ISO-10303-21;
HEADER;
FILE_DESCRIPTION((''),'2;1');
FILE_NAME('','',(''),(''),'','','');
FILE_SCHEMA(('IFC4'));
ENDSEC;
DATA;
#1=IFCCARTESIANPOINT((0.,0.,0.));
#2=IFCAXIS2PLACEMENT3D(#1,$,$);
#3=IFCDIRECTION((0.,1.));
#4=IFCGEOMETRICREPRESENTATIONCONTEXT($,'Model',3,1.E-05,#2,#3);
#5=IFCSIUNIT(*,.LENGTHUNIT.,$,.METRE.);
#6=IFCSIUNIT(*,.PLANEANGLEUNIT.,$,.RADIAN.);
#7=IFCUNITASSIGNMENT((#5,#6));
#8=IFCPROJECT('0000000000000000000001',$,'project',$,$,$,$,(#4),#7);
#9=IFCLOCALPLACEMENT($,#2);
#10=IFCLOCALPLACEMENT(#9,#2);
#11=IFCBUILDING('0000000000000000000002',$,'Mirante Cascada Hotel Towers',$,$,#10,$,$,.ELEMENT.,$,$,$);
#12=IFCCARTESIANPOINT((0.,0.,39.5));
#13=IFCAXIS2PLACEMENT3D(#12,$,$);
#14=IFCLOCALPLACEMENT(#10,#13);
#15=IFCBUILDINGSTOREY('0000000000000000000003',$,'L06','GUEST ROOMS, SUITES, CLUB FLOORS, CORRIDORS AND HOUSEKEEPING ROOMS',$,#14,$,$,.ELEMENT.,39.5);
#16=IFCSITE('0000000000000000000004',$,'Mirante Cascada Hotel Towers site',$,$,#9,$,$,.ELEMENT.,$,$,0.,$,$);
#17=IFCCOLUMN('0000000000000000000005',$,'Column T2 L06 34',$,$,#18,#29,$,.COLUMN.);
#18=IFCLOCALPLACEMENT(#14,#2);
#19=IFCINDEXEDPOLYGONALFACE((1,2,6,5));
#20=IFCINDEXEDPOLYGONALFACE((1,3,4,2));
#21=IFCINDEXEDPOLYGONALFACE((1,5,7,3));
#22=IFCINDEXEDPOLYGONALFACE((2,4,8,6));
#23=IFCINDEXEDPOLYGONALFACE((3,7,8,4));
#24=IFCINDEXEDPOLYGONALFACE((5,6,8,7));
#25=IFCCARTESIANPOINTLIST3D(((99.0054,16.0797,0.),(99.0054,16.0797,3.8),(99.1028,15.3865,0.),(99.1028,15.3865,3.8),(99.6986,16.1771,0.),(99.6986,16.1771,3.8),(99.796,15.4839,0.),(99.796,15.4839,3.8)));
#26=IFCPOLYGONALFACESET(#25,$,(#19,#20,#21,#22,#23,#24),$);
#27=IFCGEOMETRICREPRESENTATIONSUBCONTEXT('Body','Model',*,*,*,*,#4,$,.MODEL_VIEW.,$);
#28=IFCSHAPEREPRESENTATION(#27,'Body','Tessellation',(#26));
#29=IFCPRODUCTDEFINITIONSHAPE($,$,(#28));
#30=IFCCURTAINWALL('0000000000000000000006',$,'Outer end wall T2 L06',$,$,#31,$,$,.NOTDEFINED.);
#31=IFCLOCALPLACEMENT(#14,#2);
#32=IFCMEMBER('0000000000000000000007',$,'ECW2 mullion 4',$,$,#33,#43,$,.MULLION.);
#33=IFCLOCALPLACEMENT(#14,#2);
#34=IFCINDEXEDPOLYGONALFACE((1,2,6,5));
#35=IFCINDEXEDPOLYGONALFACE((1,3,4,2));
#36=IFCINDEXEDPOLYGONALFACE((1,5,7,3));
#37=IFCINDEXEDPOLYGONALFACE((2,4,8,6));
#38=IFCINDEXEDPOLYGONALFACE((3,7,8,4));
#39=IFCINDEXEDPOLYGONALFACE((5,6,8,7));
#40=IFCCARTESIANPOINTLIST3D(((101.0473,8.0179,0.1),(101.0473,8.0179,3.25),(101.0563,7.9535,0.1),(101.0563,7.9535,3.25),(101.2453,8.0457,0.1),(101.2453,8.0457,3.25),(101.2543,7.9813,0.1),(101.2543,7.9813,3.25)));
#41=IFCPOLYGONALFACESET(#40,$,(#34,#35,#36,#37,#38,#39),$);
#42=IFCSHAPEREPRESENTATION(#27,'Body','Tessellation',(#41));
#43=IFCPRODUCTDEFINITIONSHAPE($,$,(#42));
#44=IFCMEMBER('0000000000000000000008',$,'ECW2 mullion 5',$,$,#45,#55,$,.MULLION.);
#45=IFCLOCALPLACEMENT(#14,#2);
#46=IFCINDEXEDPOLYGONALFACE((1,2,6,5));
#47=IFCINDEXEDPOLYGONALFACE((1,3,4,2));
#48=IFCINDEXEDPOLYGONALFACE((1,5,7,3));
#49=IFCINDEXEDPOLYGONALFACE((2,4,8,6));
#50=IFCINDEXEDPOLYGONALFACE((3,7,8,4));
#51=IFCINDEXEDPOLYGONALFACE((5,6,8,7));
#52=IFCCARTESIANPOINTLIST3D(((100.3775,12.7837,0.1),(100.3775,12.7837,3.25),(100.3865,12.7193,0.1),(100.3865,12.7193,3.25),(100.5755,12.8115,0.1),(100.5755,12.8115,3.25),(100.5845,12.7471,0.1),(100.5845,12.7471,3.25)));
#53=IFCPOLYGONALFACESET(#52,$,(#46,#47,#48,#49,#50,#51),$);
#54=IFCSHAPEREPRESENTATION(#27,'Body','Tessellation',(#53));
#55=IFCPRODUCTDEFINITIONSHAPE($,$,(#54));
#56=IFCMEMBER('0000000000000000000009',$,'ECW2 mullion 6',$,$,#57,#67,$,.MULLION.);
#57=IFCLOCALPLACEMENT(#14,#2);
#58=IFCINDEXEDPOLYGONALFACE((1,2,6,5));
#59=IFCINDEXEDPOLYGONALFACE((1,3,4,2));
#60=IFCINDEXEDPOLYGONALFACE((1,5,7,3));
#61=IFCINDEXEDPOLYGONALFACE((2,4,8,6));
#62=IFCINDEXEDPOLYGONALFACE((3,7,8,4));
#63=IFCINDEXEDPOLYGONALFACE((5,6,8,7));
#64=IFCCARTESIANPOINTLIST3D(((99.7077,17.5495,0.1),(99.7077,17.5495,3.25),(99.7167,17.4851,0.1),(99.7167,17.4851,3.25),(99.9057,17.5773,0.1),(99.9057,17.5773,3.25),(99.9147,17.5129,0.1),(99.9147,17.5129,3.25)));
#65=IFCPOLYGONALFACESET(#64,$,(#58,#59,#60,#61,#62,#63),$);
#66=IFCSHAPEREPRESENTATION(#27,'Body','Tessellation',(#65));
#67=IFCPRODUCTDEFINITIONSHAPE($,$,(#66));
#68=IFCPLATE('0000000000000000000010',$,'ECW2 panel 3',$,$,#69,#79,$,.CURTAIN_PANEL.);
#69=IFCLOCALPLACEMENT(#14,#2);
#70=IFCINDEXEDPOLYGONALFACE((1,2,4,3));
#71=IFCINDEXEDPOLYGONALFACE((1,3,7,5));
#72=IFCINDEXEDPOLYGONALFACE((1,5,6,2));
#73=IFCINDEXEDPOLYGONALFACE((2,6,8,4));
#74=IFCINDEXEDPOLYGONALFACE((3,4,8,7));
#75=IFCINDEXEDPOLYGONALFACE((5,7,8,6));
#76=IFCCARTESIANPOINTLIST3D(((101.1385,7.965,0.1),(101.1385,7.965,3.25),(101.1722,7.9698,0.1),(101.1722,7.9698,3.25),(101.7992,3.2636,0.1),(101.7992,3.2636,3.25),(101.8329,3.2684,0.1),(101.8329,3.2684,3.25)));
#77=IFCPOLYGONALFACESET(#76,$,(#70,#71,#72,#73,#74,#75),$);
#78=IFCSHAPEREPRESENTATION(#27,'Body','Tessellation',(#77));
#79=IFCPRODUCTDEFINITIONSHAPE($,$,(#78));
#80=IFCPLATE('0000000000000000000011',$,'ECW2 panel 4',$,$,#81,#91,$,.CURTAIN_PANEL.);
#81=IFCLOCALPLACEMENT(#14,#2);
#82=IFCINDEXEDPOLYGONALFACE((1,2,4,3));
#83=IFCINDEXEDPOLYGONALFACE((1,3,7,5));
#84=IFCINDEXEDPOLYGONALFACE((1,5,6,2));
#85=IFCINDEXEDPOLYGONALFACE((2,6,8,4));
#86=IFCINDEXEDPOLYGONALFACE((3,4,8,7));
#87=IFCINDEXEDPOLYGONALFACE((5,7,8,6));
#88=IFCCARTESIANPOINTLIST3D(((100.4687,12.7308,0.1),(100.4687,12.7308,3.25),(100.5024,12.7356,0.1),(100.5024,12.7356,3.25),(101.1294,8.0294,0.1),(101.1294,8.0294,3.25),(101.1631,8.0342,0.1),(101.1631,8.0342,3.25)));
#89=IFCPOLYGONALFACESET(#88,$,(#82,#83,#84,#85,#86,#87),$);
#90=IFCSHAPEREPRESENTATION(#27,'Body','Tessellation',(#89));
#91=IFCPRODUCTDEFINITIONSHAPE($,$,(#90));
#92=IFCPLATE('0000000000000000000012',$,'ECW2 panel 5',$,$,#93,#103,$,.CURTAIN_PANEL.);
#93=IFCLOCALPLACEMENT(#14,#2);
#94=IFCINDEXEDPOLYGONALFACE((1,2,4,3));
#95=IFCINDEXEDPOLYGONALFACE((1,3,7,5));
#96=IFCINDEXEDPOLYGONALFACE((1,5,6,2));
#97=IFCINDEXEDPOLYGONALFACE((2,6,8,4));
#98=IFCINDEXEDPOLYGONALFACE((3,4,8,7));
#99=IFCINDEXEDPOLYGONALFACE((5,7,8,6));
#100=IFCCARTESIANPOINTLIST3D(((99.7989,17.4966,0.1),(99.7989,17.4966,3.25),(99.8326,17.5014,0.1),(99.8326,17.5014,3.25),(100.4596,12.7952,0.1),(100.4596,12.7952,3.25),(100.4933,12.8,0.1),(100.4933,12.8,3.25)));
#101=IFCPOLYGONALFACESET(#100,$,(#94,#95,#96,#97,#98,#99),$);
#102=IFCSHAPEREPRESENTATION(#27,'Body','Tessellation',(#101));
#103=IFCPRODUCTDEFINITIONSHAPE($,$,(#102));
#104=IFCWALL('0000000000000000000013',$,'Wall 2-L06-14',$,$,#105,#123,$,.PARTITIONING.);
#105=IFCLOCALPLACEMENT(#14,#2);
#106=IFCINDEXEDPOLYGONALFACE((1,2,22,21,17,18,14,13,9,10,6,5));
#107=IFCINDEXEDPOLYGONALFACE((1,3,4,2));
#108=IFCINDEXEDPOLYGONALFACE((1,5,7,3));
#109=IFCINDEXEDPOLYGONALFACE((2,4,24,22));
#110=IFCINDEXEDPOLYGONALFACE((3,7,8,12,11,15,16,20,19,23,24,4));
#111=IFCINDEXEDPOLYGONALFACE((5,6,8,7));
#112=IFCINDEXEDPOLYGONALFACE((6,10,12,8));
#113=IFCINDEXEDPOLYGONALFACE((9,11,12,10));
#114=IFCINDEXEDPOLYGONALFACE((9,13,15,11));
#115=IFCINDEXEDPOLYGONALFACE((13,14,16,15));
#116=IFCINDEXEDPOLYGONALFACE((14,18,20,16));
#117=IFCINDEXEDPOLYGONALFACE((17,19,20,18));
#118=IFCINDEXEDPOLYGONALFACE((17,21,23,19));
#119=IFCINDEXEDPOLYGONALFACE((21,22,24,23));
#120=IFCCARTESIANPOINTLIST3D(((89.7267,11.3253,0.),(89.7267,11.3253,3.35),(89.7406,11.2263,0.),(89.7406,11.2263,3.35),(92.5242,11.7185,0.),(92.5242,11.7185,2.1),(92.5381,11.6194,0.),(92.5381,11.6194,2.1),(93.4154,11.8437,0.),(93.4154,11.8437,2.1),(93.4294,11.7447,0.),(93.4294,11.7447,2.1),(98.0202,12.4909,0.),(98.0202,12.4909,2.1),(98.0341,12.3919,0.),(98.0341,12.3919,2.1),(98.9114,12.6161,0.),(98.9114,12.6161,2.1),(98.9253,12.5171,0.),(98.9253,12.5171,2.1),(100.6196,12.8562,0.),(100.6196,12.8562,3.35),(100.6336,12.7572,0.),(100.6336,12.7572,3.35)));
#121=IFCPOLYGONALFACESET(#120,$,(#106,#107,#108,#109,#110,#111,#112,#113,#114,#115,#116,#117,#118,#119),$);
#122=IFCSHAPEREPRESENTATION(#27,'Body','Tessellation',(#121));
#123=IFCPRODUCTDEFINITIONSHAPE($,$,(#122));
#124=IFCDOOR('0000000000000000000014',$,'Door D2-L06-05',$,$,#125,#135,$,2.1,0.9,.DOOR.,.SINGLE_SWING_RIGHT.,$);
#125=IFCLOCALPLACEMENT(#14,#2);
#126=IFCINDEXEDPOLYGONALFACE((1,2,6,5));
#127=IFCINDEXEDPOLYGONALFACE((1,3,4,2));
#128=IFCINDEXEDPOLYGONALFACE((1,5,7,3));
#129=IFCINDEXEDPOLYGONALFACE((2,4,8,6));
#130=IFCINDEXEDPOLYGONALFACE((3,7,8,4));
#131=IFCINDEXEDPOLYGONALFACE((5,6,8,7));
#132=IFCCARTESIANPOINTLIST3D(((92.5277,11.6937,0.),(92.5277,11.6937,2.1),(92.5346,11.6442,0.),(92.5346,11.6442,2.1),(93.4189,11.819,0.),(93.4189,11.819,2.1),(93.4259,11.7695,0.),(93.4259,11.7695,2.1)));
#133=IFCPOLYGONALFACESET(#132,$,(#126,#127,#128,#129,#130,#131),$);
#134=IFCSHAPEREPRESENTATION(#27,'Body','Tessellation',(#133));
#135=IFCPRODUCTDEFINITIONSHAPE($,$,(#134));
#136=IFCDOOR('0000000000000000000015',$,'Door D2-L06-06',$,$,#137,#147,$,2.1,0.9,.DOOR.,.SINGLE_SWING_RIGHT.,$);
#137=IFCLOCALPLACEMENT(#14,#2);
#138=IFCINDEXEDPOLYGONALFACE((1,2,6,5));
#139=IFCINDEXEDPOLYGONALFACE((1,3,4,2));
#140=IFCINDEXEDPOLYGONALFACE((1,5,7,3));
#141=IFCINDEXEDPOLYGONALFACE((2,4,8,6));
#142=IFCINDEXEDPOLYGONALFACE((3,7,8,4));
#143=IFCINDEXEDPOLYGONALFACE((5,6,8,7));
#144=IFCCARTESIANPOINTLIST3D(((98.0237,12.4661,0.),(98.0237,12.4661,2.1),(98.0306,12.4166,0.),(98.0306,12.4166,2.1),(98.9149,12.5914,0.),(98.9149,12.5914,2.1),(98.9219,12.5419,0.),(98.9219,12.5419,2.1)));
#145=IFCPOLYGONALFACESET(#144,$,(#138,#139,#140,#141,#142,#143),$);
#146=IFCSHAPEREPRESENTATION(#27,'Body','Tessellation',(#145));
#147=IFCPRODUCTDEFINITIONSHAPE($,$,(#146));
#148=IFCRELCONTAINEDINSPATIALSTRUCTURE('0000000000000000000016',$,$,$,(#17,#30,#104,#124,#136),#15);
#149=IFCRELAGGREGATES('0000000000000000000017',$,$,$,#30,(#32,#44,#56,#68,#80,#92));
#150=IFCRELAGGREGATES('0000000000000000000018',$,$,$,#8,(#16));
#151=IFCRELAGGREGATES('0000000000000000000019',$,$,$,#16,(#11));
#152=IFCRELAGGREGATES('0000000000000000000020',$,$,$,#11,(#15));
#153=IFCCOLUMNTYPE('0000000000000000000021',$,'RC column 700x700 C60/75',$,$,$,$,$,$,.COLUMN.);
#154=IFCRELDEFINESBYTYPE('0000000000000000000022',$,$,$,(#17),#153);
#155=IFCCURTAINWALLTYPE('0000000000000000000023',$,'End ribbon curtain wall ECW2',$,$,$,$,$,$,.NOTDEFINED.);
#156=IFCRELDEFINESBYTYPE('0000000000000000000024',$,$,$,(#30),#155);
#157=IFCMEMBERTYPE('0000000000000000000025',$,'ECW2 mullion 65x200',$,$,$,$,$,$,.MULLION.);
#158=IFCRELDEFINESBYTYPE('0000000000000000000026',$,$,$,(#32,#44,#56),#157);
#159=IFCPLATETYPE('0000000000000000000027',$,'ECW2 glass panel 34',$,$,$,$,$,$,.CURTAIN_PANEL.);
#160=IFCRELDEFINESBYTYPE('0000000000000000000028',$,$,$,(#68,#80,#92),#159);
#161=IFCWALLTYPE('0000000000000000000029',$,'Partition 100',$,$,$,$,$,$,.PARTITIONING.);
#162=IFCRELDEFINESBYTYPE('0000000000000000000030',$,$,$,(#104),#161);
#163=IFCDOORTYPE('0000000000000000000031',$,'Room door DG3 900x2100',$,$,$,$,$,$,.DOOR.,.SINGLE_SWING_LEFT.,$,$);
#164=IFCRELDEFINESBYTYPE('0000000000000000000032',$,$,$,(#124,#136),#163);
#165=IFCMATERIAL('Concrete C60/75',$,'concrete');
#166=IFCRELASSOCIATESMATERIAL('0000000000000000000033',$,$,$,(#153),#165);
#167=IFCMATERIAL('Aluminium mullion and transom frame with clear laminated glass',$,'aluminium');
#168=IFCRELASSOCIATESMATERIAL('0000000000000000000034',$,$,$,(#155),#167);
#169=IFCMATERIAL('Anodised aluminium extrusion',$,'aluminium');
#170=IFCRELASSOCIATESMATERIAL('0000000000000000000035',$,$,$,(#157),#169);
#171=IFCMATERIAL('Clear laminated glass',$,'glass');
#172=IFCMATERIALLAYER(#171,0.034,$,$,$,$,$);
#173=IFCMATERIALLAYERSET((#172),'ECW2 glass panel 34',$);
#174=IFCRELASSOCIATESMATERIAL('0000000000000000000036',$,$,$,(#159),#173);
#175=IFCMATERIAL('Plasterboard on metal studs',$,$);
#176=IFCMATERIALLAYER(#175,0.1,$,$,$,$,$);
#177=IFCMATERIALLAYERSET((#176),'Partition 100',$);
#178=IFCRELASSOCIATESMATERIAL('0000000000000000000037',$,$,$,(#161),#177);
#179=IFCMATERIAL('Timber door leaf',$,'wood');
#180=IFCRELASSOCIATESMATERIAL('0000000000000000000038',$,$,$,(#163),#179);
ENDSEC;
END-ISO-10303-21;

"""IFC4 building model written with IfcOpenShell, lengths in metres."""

from ifc_helpers import new_model, si_unit, direction, frame, frame_2d, origin, origin_2d, place, context, subcontext, project, spatial, rectangle, extrude, material, layer, layer_set, material_profile, profile_set, type_object, element, fill, aggregate, save


model = new_model("IFC4")

# Units and contexts
model_context = context("Model", 3, precision=1e-05, world=origin(), true_north=direction((0.0, 1.0)))
body_context = subcontext(model_context, "Body", "Model", "MODEL_VIEW")
ifc_project = project(units=[si_unit("LENGTHUNIT", "METRE"), si_unit("PLANEANGLEUNIT", "RADIAN")], contexts=[model_context])

# Site, building, storey
site_placement = place(None, origin())
site = spatial("IfcSite", under=ifc_project, at=site_placement, Name="Mirante Cascada Hotel Towers site", CompositionType="ELEMENT", RefElevation=0.0)
building_placement = place(site_placement, origin())
building = spatial("IfcBuilding", under=site, at=building_placement, Name="Mirante Cascada Hotel Towers", CompositionType="ELEMENT")
storey_placement = place(building_placement, frame((0.0, 0.0, 39.5)))
storey = spatial("IfcBuildingStorey", under=building, at=storey_placement, Name="L06", Description="GUEST ROOMS, SUITES, CLUB FLOORS, CORRIDORS AND HOUSEKEEPING ROOMS", CompositionType="ELEMENT", Elevation=39.5)

# Column
ifc_material_1 = material(Name="Concrete C60/75", Category="concrete")
ifc_material_profile_1 = material_profile(ifc_material_1, rectangle(XDim=0.7, YDim=0.7, at=origin_2d()), Name="RC column 700x700 C60/75")
ifc_profile_set_1 = profile_set([ifc_material_profile_1], Name="Concrete C60/75")
column_type = type_object("IfcColumnType", Name="RC column 700x700 C60/75", PredefinedType="COLUMN", material=ifc_profile_set_1)
column_placement = place(storey_placement, frame((99.4007, 15.7818, 0.0), z_axis=(0.0, 0.0, 1.0), x_axis=(0.990268, 0.139173, 0.0)))
element("IfcColumn", 1, at=column_placement, inside=storey, type_object=column_type, Name="Column T2 L06 34", PredefinedType="COLUMN", context=body_context, shape_type="SweptSolid", body=[
    extrude(rectangle(XDim=0.7, YDim=0.7, at=origin_2d()), origin(), (0.0, 0.0, 1.0), 3.8),
])

# Curtain wall, members, plates
ifc_material_2 = material(Name="Aluminium mullion and transom frame with clear laminated glass", Category="aluminium")
curtain_wall_type = type_object("IfcCurtainWallType", Name="End ribbon curtain wall ECW2", PredefinedType="NOTDEFINED", material=ifc_material_2)
curtain_wall_placement = place(storey_placement, origin())
curtain_wall = element("IfcCurtainWall", 2, at=curtain_wall_placement, inside=storey, type_object=curtain_wall_type, Name="Outer end wall T2 L06", PredefinedType="NOTDEFINED")
ifc_material_3 = material(Name="Anodised aluminium extrusion", Category="aluminium")
ifc_material_profile_2 = material_profile(ifc_material_3, rectangle(XDim=0.2, YDim=0.065, at=origin_2d()), Name="ECW2 MULLION 65x200")
ifc_profile_set_2 = profile_set([ifc_material_profile_2], Name="Anodised aluminium extrusion")
member_type = type_object("IfcMemberType", Name="ECW2 mullion 65x200", PredefinedType="MULLION", material=ifc_profile_set_2)
member_1_placement = place(storey_placement, frame((101.1508, 7.9996, 0.1), z_axis=(0.0, 0.0, 1.0), x_axis=(-0.990268, -0.139173, 0.0)))
member_1 = element("IfcMember", 3, at=member_1_placement, type_object=member_type, Name="ECW2 mullion 4", PredefinedType="MULLION", context=body_context, shape_type="SweptSolid", body=[
    extrude(rectangle(XDim=0.2, YDim=0.065, at=origin_2d()), origin(), (0.0, 0.0, 1.0), 3.15),
])
member_2_placement = place(storey_placement, frame((100.481, 12.7654, 0.1), z_axis=(0.0, 0.0, 1.0), x_axis=(-0.990268, -0.139173, 0.0)))
member_2 = element("IfcMember", 4, at=member_2_placement, type_object=member_type, Name="ECW2 mullion 5", PredefinedType="MULLION", context=body_context, shape_type="SweptSolid", body=[
    extrude(rectangle(XDim=0.2, YDim=0.065, at=origin_2d()), origin(), (0.0, 0.0, 1.0), 3.15),
])
member_3_placement = place(storey_placement, frame((99.8112, 17.5312, 0.1), z_axis=(0.0, 0.0, 1.0), x_axis=(-0.990268, -0.139173, 0.0)))
member_3 = element("IfcMember", 5, at=member_3_placement, type_object=member_type, Name="ECW2 mullion 6", PredefinedType="MULLION", context=body_context, shape_type="SweptSolid", body=[
    extrude(rectangle(XDim=0.2, YDim=0.065, at=origin_2d()), origin(), (0.0, 0.0, 1.0), 3.15),
])
ifc_material_4 = material(Name="Clear laminated glass", Category="glass")
ifc_layer_1 = layer(ifc_material_4, 0.034)
ifc_layer_set_1 = layer_set([ifc_layer_1], Name="ECW2 glass panel 34")
plate_type = type_object("IfcPlateType", Name="ECW2 glass panel 34", PredefinedType="CURTAIN_PANEL", material=ifc_layer_set_1)
plate_1_placement = place(storey_placement, frame((101.4857, 5.6167, 0.1), z_axis=(0.0, 0.0, 1.0), x_axis=(-0.139173, 0.990268, 0.0)))
plate_1 = element("IfcPlate", 6, at=plate_1_placement, type_object=plate_type, Name="ECW2 panel 3", PredefinedType="CURTAIN_PANEL", context=body_context, shape_type="SweptSolid", body=[
    extrude(rectangle(XDim=4.7476, YDim=0.034, at=origin_2d()), origin(), (0.0, 0.0, 1.0), 3.15),
])
plate_2_placement = place(storey_placement, frame((100.8159, 10.3825, 0.1), z_axis=(0.0, 0.0, 1.0), x_axis=(-0.139173, 0.990268, 0.0)))
plate_2 = element("IfcPlate", 7, at=plate_2_placement, type_object=plate_type, Name="ECW2 panel 4", PredefinedType="CURTAIN_PANEL", context=body_context, shape_type="SweptSolid", body=[
    extrude(rectangle(XDim=4.7476, YDim=0.034, at=origin_2d()), origin(), (0.0, 0.0, 1.0), 3.15),
])
plate_3_placement = place(storey_placement, frame((100.1461, 15.1483, 0.1), z_axis=(0.0, 0.0, 1.0), x_axis=(-0.139173, 0.990268, 0.0)))
plate_3 = element("IfcPlate", 8, at=plate_3_placement, type_object=plate_type, Name="ECW2 panel 5", PredefinedType="CURTAIN_PANEL", context=body_context, shape_type="SweptSolid", body=[
    extrude(rectangle(XDim=4.7476, YDim=0.034, at=origin_2d()), origin(), (0.0, 0.0, 1.0), 3.15),
])
aggregate(curtain_wall, [member_1, member_2, member_3, plate_1, plate_2, plate_3])

# Wall, openings, doors
ifc_material_5 = material(Name="Plasterboard on metal studs")
ifc_layer_2 = layer(ifc_material_5, 0.1)
ifc_layer_set_2 = layer_set([ifc_layer_2], Name="Partition 100")
wall_type = type_object("IfcWallType", Name="Partition 100", PredefinedType="PARTITIONING", material=ifc_layer_set_2)
wall_placement = place(storey_placement, frame((100.6266, 12.8067, 0.0), z_axis=(0.0, 0.0, 1.0), x_axis=(-0.990268, -0.139173, 0.0)))
wall = element("IfcWall", 9, at=wall_placement, inside=storey, type_object=wall_type, Name="Wall 2-L06-14", PredefinedType="PARTITIONING", context=body_context, shape_type="SweptSolid", body=[
    extrude(rectangle(XDim=11.0, YDim=0.1, at=frame_2d((5.5, 0.0))), origin(), (0.0, 0.0, 1.0), 3.35),
])
opening_1_placement = place(wall_placement, frame((7.275, 0.0, 0.0)))
opening_1 = element("IfcOpeningElement", 10, at=opening_1_placement, cuts=wall, PredefinedType="OPENING", context=body_context, shape_type="SweptSolid", body=[
    extrude(rectangle(XDim=0.9, YDim=2.1, at=frame_2d((0.45, 1.05))), frame((0.0, 0.05, 0.0), z_axis=(0.0, -1.0, 0.0), x_axis=(1.0, 0.0, 0.0)), (0.0, 0.0, 1.0), 0.1),
])
opening_2_placement = place(wall_placement, frame((1.725, 0.0, 0.0)))
opening_2 = element("IfcOpeningElement", 11, at=opening_2_placement, cuts=wall, PredefinedType="OPENING", context=body_context, shape_type="SweptSolid", body=[
    extrude(rectangle(XDim=0.9, YDim=2.1, at=frame_2d((0.45, 1.05))), frame((0.0, 0.05, 0.0), z_axis=(0.0, -1.0, 0.0), x_axis=(1.0, 0.0, 0.0)), (0.0, 0.0, 1.0), 0.1),
])
ifc_material_6 = material(Name="Timber door leaf", Category="wood")
door_type = type_object("IfcDoorType", Name="Room door DG3 900x2100", OperationType="SINGLE_SWING_LEFT", PredefinedType="DOOR", material=ifc_material_6)
door_1_placement = place(opening_1_placement, frame((0.9, 0.0, 0.0), z_axis=(0.0, 0.0, 1.0), x_axis=(-1.0, 0.0, 0.0)))
door_1 = element("IfcDoor", 12, at=door_1_placement, inside=storey, type_object=door_type, Name="Door D2-L06-05", OperationType="SINGLE_SWING_RIGHT", OverallHeight=2.1, OverallWidth=0.9, PredefinedType="DOOR", context=body_context, shape_type="SweptSolid", body=[
    extrude(rectangle(XDim=0.9, YDim=2.1, at=frame_2d((0.45, 1.05))), frame((0.0, 0.025, 0.0), z_axis=(0.0, -1.0, 0.0), x_axis=(1.0, 0.0, 0.0)), (0.0, 0.0, 1.0), 0.05),
])
fill(opening_1, door_1)
door_2_placement = place(opening_2_placement, frame((0.9, 0.0, 0.0), z_axis=(0.0, 0.0, 1.0), x_axis=(-1.0, 0.0, 0.0)))
door_2 = element("IfcDoor", 13, at=door_2_placement, inside=storey, type_object=door_type, Name="Door D2-L06-06", OperationType="SINGLE_SWING_RIGHT", OverallHeight=2.1, OverallWidth=0.9, PredefinedType="DOOR", context=body_context, shape_type="SweptSolid", body=[
    extrude(rectangle(XDim=0.9, YDim=2.1, at=frame_2d((0.45, 1.05))), frame((0.0, 0.025, 0.0), z_axis=(0.0, -1.0, 0.0), x_axis=(1.0, 0.0, 0.0)), (0.0, 0.0, 1.0), 0.05),
])
fill(opening_2, door_2)

save(model, "model.ifc")
